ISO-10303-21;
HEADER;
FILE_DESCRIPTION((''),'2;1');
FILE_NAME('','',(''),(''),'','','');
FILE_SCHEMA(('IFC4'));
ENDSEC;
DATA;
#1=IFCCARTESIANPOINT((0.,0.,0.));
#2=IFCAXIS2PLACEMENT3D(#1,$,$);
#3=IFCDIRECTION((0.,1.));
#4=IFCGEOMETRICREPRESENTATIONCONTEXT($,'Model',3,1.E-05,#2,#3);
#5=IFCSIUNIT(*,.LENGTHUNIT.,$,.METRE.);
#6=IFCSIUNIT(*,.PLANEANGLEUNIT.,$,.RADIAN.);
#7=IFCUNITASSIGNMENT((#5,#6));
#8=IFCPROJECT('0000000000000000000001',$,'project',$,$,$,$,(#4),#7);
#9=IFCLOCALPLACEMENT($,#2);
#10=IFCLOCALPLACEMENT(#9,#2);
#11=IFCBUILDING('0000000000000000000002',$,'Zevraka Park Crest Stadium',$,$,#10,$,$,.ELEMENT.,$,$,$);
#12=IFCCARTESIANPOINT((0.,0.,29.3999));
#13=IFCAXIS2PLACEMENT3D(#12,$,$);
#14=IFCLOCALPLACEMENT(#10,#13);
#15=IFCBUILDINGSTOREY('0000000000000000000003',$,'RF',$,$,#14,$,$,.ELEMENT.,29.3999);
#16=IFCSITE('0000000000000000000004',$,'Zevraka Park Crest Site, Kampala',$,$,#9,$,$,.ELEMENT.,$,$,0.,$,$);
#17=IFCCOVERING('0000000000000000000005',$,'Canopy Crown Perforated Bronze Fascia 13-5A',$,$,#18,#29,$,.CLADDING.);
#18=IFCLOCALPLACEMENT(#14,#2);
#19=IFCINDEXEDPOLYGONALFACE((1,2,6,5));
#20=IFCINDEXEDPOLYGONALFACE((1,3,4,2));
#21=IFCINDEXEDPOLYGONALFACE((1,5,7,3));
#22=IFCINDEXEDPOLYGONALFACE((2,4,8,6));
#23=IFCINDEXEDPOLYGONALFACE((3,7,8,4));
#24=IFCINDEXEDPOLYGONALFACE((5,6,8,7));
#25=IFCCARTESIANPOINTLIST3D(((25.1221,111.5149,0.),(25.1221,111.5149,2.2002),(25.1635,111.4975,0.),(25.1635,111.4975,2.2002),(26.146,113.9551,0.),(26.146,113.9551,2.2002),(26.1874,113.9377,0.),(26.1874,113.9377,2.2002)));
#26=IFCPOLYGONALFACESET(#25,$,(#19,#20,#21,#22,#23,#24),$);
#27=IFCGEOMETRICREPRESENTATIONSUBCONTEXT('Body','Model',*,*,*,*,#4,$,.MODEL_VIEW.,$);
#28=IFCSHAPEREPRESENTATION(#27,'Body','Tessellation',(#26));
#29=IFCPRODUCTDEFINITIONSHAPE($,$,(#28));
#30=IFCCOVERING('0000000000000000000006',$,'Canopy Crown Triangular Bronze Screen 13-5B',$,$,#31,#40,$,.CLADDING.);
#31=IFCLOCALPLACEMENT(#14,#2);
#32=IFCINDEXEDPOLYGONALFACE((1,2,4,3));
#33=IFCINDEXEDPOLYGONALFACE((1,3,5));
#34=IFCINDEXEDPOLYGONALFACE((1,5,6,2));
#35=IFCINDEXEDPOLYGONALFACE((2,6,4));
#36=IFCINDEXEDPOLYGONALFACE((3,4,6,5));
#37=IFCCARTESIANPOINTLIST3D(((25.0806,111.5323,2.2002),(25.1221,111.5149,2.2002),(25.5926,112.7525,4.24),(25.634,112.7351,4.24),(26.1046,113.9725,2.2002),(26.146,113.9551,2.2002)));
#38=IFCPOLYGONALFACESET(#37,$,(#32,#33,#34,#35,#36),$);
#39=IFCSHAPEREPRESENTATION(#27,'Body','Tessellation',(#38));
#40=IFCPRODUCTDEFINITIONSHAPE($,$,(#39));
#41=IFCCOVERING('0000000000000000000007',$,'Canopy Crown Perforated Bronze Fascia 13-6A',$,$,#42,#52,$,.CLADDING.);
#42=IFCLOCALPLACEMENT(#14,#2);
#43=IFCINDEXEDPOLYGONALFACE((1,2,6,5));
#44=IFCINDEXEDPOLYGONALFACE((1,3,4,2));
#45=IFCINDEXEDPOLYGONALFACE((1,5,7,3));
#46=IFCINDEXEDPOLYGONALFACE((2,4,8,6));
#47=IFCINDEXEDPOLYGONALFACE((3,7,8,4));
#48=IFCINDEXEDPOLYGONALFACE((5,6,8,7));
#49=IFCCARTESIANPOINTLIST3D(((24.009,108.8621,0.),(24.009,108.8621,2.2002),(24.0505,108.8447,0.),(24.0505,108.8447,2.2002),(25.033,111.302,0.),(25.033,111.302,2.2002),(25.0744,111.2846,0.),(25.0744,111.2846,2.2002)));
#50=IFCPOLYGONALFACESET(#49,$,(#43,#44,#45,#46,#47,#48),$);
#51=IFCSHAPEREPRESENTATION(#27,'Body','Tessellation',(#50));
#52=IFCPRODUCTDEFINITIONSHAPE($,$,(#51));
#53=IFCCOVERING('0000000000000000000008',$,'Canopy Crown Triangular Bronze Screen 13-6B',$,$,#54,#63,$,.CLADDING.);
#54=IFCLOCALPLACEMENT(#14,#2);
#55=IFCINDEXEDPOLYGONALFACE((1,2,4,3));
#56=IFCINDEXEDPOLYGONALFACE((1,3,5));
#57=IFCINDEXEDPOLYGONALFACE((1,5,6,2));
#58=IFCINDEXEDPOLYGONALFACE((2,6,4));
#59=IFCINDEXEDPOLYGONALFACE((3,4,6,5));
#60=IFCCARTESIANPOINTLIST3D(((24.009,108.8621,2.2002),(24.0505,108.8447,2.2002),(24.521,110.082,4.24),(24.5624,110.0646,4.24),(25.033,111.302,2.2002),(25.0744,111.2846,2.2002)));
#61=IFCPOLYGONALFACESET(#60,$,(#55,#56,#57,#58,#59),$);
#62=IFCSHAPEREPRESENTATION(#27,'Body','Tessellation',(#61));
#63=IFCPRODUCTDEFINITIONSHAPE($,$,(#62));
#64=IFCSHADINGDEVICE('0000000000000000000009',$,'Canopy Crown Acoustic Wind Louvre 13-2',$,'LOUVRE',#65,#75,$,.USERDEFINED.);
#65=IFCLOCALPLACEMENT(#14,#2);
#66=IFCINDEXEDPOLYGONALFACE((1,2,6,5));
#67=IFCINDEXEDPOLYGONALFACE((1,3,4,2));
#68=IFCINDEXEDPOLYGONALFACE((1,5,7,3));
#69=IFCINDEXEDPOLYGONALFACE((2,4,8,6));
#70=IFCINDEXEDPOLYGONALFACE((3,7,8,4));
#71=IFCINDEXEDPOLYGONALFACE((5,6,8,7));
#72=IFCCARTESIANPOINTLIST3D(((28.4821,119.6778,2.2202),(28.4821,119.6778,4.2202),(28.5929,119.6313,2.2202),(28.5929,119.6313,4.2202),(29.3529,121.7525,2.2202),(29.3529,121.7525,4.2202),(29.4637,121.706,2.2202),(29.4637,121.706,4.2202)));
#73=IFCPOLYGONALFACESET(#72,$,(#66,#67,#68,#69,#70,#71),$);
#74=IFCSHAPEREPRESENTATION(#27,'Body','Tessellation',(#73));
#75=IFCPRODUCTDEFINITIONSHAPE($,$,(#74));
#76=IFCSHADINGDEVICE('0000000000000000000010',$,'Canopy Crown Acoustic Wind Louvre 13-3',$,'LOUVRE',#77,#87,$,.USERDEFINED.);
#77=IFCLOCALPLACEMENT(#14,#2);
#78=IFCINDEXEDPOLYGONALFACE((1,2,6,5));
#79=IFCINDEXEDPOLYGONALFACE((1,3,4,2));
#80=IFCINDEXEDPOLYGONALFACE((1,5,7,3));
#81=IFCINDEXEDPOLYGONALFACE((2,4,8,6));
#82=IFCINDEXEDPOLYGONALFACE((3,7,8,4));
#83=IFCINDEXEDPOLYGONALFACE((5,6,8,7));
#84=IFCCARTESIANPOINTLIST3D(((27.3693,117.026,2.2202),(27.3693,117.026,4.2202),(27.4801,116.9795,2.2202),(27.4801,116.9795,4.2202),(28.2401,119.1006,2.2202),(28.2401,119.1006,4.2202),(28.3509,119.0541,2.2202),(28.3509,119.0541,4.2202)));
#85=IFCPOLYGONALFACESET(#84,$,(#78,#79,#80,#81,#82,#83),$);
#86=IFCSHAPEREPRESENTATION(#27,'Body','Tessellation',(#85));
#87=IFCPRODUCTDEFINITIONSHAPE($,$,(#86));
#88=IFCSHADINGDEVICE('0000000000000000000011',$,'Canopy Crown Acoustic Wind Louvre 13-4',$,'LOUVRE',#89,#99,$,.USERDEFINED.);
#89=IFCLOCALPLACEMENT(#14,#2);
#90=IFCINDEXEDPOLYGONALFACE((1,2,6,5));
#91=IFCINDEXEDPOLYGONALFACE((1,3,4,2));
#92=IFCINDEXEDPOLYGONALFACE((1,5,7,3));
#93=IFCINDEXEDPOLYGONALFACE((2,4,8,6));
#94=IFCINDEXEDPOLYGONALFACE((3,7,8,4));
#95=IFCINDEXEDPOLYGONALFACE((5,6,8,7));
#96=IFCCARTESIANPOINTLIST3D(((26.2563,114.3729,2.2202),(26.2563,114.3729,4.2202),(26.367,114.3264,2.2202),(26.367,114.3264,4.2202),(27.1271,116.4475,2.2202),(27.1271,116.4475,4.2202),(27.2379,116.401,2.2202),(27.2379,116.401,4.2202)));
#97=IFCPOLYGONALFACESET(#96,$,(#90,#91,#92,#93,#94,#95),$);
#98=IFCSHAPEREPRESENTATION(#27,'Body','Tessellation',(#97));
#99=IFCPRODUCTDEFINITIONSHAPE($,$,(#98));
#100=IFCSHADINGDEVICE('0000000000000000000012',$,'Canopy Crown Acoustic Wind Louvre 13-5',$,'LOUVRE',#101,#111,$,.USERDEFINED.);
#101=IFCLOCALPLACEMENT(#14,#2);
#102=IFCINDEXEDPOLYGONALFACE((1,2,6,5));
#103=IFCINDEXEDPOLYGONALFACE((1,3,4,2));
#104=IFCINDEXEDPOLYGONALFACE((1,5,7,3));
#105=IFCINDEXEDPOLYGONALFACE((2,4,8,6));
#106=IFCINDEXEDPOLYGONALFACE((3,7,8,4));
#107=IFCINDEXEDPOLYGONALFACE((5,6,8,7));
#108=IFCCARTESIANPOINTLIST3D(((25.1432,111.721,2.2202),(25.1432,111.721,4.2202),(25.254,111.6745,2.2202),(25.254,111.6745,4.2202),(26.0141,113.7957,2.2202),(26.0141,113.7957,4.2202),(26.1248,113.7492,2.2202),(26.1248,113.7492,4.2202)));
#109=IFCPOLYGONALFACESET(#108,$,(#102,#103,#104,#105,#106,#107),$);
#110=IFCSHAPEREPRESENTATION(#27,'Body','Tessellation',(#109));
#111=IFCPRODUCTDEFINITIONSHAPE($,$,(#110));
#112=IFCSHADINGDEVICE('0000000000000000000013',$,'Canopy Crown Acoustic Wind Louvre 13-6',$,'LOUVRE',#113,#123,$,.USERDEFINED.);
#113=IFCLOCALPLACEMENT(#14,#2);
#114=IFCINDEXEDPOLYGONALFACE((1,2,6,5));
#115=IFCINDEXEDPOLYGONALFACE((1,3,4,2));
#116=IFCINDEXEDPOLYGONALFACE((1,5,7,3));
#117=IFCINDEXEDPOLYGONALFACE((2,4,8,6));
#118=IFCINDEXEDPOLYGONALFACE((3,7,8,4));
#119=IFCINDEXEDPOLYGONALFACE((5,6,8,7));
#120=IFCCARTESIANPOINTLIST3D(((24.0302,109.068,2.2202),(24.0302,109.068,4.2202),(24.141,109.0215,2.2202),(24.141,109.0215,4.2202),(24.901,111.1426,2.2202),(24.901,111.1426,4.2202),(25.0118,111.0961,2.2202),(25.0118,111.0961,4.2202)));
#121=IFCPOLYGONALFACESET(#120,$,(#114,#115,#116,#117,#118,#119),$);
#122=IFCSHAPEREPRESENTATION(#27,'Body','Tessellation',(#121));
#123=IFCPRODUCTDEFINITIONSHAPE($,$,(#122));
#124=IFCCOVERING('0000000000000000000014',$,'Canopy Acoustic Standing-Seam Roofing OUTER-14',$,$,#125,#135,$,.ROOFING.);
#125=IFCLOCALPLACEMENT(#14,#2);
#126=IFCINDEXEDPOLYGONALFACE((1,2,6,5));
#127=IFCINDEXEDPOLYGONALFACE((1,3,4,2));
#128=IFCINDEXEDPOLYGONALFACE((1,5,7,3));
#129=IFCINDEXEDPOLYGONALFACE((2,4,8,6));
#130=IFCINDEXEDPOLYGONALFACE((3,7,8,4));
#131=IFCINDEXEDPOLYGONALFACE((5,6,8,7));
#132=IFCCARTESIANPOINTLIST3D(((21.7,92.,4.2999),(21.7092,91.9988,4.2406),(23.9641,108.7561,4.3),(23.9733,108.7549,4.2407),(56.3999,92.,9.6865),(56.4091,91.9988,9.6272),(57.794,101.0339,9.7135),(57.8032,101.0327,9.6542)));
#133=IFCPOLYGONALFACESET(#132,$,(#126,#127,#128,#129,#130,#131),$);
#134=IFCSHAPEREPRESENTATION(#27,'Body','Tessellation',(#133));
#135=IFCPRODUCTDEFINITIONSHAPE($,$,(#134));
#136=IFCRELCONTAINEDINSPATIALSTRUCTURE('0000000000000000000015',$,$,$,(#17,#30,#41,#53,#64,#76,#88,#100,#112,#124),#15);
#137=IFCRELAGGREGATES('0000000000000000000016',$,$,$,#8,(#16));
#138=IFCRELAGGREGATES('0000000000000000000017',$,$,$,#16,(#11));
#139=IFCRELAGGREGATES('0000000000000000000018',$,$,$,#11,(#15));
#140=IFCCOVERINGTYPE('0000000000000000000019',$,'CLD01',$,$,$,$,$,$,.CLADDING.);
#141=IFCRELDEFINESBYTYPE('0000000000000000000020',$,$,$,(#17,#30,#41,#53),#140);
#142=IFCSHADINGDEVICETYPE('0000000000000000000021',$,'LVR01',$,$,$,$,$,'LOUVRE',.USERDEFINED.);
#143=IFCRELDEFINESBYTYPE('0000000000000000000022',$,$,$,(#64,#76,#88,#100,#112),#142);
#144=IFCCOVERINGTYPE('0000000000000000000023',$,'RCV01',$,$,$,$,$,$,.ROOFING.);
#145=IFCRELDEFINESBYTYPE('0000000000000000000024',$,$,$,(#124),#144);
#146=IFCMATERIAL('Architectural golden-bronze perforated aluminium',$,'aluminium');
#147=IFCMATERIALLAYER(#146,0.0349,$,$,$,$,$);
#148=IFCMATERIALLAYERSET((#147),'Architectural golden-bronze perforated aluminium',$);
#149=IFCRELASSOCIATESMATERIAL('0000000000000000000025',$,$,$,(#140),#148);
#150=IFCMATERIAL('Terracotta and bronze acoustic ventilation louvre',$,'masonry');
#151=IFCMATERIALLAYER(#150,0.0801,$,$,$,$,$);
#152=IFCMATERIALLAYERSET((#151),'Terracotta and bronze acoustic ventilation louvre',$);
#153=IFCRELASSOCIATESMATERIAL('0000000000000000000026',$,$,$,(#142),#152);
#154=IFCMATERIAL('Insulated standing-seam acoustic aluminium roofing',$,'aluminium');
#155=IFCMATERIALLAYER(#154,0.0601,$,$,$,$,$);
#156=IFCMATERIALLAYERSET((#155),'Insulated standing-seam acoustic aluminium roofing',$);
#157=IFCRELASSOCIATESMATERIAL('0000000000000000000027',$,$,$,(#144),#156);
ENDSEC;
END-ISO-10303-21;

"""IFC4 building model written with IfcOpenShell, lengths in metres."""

from ifc_helpers import new_model, si_unit, direction, frame, origin, origin_2d, place, context, subcontext, project, spatial, polyline, rectangle, outline, extrude, material, layer, layer_set, type_object, element, save


model = new_model("IFC4")

# Units and contexts
model_context = context("Model", 3, precision=1e-05, world=origin(), true_north=direction((0.0, 1.0)))
body_context = subcontext(model_context, "Body", "Model", "MODEL_VIEW")
ifc_project = project(units=[si_unit("LENGTHUNIT", "METRE"), si_unit("PLANEANGLEUNIT", "RADIAN")], contexts=[model_context])

# Site, building, storey
site_placement = place(None, origin())
site = spatial("IfcSite", under=ifc_project, at=site_placement, Name="Zevraka Park Crest Site, Kampala", CompositionType="ELEMENT", RefElevation=0.0)
building_placement = place(site_placement, origin())
building = spatial("IfcBuilding", under=site, at=building_placement, Name="Zevraka Park Crest Stadium", CompositionType="ELEMENT")
storey_placement = place(building_placement, frame((0.0, 0.0, 29.3999)))
storey = spatial("IfcBuildingStorey", under=building, at=storey_placement, Name="RF", CompositionType="ELEMENT", Elevation=29.3999)

# Coverings
ifc_material_1 = material(Name="Architectural golden-bronze perforated aluminium", Category="aluminium")
ifc_layer_1 = layer(ifc_material_1, 0.0349)
ifc_layer_set_1 = layer_set([ifc_layer_1], Name="Architectural golden-bronze perforated aluminium")
covering_type_1 = type_object("IfcCoveringType", Name="CLD01", PredefinedType="CLADDING", material=ifc_layer_set_1)
covering_1_placement = place(storey_placement, frame((26.146, 113.9551, 0.0), z_axis=(-0.922111, 0.386927, 0.0), x_axis=(-0.386927, -0.922111, 0.0)))
element("IfcCovering", 1, at=covering_1_placement, inside=storey, type_object=covering_type_1, Name="Canopy Crown Perforated Bronze Fascia 13-5A", PredefinedType="CLADDING", context=body_context, shape_type="SweptSolid", body=[
    extrude(outline(polyline([(0.0, 0.0), (2.6463, 0.0), (2.6463, 2.2002), (0.0, 2.2002), (0.0, 0.0)])), origin(), (0.0, 0.0, -1.0), 0.0449),
])
covering_2_placement = place(storey_placement, frame((26.146, 113.9551, 2.2002), z_axis=(0.922111, -0.386927, 0.000023), x_axis=(-0.386927, -0.922111, 0.0)))
element("IfcCovering", 2, at=covering_2_placement, inside=storey, type_object=covering_type_1, Name="Canopy Crown Triangular Bronze Screen 13-5B", PredefinedType="CLADDING", context=body_context, shape_type="SweptSolid", body=[
    extrude(outline(polyline([(0.0, 0.0), (2.6463, 0.0), (1.323, -2.0398), (0.0, 0.0)])), origin(), (0.0, 0.0, -1.0), 0.0449),
])
covering_3_placement = place(storey_placement, frame((25.033, 111.302, 0.0), z_axis=(-0.922097, 0.38696, 0.0), x_axis=(-0.38696, -0.922097, 0.0)))
element("IfcCovering", 3, at=covering_3_placement, inside=storey, type_object=covering_type_1, Name="Canopy Crown Perforated Bronze Fascia 13-6A", PredefinedType="CLADDING", context=body_context, shape_type="SweptSolid", body=[
    extrude(outline(polyline([(0.0, 0.0), (2.6461, 0.0), (2.6461, 2.2002), (0.0, 2.2002), (0.0, 0.0)])), origin(), (0.0, 0.0, -1.0), 0.0449),
])
covering_4_placement = place(storey_placement, frame((25.033, 111.302, 2.2002), z_axis=(-0.922097, 0.38696, 0.0), x_axis=(-0.38696, -0.922097, 0.0)))
element("IfcCovering", 4, at=covering_4_placement, inside=storey, type_object=covering_type_1, Name="Canopy Crown Triangular Bronze Screen 13-6B", PredefinedType="CLADDING", context=body_context, shape_type="SweptSolid", body=[
    extrude(outline(polyline([(0.0, 0.0), (2.6461, 0.0), (1.323, 2.0398), (0.0, 0.0)])), origin(), (0.0, 0.0, -1.0), 0.0449),
])

# Shading devices
ifc_material_2 = material(Name="Terracotta and bronze acoustic ventilation louvre", Category="masonry")
ifc_layer_2 = layer(ifc_material_2, 0.0801)
ifc_layer_set_2 = layer_set([ifc_layer_2], Name="Terracotta and bronze acoustic ventilation louvre")
shading_device_type = type_object("IfcShadingDeviceType", Name="LVR01", ElementType="LOUVRE", PredefinedType="USERDEFINED", material=ifc_layer_set_2)
for number, where, z_axis, x_axis, name in (
    (5, (28.9729, 120.6919, 2.2202), (0.0, 0.0, 1.0), (-0.387033, -0.922066, 0.0), "Canopy Crown Acoustic Wind Louvre 13-2"),
    (6, (27.8601, 118.04, 2.2202), (0.0, 0.0, 1.0), (-0.387033, -0.922066, 0.0), "Canopy Crown Acoustic Wind Louvre 13-3"),
    (7, (26.7471, 115.387, 2.2202), (0.0, 0.0, 1.0), (-0.387033, -0.922066, 0.0), "Canopy Crown Acoustic Wind Louvre 13-4"),
    (8, (25.634, 112.7351, 2.2202), (0.0, 0.0, 1.0), (-0.387033, -0.922066, 0.0), "Canopy Crown Acoustic Wind Louvre 13-5"),
    (9, (24.521, 110.082, 2.2202), (0.0, 0.0, 1.0), (-0.387033, -0.922066, 0.0), "Canopy Crown Acoustic Wind Louvre 13-6"),
):
    element("IfcShadingDevice", number, at=place(storey_placement, frame(where, z_axis=z_axis, x_axis=x_axis)), inside=storey, type_object=shading_device_type, Name=name, ObjectType="LOUVRE", PredefinedType="USERDEFINED", context=body_context, shape_type="SweptSolid", body=[
        extrude(rectangle(XDim=2.25, YDim=0.1201, at=origin_2d()), origin(), (0.0, 0.0, 1.0), 2.0),
    ])

# Covering
ifc_material_3 = material(Name="Insulated standing-seam acoustic aluminium roofing", Category="aluminium")
ifc_layer_3 = layer(ifc_material_3, 0.0601)
ifc_layer_set_3 = layer_set([ifc_layer_3], Name="Insulated standing-seam acoustic aluminium roofing")
covering_type_2 = type_object("IfcCoveringType", Name="RCV01", PredefinedType="ROOFING", material=ifc_layer_set_3)
covering_5_placement = place(storey_placement, frame((23.9641, 108.7561, 4.3), z_axis=(-0.153363, 0.020716, 0.987953), x_axis=(-0.133906, -0.990994, -0.000007)))
element("IfcCovering", 10, at=covering_5_placement, inside=storey, type_object=covering_type_2, Name="Canopy Acoustic Standing-Seam Roofing OUTER-14", PredefinedType="ROOFING", context=body_context, shape_type="SweptSolid", body=[
    extrude(outline(polyline([(0.0, 0.0), (16.9084, 0.0), (12.2618, 34.8068), (3.1226, 34.9807), (0.0, 0.0)])), origin(), (0.0, 0.0, -1.0), 0.0601),
])

save(model, "model.ifc")
